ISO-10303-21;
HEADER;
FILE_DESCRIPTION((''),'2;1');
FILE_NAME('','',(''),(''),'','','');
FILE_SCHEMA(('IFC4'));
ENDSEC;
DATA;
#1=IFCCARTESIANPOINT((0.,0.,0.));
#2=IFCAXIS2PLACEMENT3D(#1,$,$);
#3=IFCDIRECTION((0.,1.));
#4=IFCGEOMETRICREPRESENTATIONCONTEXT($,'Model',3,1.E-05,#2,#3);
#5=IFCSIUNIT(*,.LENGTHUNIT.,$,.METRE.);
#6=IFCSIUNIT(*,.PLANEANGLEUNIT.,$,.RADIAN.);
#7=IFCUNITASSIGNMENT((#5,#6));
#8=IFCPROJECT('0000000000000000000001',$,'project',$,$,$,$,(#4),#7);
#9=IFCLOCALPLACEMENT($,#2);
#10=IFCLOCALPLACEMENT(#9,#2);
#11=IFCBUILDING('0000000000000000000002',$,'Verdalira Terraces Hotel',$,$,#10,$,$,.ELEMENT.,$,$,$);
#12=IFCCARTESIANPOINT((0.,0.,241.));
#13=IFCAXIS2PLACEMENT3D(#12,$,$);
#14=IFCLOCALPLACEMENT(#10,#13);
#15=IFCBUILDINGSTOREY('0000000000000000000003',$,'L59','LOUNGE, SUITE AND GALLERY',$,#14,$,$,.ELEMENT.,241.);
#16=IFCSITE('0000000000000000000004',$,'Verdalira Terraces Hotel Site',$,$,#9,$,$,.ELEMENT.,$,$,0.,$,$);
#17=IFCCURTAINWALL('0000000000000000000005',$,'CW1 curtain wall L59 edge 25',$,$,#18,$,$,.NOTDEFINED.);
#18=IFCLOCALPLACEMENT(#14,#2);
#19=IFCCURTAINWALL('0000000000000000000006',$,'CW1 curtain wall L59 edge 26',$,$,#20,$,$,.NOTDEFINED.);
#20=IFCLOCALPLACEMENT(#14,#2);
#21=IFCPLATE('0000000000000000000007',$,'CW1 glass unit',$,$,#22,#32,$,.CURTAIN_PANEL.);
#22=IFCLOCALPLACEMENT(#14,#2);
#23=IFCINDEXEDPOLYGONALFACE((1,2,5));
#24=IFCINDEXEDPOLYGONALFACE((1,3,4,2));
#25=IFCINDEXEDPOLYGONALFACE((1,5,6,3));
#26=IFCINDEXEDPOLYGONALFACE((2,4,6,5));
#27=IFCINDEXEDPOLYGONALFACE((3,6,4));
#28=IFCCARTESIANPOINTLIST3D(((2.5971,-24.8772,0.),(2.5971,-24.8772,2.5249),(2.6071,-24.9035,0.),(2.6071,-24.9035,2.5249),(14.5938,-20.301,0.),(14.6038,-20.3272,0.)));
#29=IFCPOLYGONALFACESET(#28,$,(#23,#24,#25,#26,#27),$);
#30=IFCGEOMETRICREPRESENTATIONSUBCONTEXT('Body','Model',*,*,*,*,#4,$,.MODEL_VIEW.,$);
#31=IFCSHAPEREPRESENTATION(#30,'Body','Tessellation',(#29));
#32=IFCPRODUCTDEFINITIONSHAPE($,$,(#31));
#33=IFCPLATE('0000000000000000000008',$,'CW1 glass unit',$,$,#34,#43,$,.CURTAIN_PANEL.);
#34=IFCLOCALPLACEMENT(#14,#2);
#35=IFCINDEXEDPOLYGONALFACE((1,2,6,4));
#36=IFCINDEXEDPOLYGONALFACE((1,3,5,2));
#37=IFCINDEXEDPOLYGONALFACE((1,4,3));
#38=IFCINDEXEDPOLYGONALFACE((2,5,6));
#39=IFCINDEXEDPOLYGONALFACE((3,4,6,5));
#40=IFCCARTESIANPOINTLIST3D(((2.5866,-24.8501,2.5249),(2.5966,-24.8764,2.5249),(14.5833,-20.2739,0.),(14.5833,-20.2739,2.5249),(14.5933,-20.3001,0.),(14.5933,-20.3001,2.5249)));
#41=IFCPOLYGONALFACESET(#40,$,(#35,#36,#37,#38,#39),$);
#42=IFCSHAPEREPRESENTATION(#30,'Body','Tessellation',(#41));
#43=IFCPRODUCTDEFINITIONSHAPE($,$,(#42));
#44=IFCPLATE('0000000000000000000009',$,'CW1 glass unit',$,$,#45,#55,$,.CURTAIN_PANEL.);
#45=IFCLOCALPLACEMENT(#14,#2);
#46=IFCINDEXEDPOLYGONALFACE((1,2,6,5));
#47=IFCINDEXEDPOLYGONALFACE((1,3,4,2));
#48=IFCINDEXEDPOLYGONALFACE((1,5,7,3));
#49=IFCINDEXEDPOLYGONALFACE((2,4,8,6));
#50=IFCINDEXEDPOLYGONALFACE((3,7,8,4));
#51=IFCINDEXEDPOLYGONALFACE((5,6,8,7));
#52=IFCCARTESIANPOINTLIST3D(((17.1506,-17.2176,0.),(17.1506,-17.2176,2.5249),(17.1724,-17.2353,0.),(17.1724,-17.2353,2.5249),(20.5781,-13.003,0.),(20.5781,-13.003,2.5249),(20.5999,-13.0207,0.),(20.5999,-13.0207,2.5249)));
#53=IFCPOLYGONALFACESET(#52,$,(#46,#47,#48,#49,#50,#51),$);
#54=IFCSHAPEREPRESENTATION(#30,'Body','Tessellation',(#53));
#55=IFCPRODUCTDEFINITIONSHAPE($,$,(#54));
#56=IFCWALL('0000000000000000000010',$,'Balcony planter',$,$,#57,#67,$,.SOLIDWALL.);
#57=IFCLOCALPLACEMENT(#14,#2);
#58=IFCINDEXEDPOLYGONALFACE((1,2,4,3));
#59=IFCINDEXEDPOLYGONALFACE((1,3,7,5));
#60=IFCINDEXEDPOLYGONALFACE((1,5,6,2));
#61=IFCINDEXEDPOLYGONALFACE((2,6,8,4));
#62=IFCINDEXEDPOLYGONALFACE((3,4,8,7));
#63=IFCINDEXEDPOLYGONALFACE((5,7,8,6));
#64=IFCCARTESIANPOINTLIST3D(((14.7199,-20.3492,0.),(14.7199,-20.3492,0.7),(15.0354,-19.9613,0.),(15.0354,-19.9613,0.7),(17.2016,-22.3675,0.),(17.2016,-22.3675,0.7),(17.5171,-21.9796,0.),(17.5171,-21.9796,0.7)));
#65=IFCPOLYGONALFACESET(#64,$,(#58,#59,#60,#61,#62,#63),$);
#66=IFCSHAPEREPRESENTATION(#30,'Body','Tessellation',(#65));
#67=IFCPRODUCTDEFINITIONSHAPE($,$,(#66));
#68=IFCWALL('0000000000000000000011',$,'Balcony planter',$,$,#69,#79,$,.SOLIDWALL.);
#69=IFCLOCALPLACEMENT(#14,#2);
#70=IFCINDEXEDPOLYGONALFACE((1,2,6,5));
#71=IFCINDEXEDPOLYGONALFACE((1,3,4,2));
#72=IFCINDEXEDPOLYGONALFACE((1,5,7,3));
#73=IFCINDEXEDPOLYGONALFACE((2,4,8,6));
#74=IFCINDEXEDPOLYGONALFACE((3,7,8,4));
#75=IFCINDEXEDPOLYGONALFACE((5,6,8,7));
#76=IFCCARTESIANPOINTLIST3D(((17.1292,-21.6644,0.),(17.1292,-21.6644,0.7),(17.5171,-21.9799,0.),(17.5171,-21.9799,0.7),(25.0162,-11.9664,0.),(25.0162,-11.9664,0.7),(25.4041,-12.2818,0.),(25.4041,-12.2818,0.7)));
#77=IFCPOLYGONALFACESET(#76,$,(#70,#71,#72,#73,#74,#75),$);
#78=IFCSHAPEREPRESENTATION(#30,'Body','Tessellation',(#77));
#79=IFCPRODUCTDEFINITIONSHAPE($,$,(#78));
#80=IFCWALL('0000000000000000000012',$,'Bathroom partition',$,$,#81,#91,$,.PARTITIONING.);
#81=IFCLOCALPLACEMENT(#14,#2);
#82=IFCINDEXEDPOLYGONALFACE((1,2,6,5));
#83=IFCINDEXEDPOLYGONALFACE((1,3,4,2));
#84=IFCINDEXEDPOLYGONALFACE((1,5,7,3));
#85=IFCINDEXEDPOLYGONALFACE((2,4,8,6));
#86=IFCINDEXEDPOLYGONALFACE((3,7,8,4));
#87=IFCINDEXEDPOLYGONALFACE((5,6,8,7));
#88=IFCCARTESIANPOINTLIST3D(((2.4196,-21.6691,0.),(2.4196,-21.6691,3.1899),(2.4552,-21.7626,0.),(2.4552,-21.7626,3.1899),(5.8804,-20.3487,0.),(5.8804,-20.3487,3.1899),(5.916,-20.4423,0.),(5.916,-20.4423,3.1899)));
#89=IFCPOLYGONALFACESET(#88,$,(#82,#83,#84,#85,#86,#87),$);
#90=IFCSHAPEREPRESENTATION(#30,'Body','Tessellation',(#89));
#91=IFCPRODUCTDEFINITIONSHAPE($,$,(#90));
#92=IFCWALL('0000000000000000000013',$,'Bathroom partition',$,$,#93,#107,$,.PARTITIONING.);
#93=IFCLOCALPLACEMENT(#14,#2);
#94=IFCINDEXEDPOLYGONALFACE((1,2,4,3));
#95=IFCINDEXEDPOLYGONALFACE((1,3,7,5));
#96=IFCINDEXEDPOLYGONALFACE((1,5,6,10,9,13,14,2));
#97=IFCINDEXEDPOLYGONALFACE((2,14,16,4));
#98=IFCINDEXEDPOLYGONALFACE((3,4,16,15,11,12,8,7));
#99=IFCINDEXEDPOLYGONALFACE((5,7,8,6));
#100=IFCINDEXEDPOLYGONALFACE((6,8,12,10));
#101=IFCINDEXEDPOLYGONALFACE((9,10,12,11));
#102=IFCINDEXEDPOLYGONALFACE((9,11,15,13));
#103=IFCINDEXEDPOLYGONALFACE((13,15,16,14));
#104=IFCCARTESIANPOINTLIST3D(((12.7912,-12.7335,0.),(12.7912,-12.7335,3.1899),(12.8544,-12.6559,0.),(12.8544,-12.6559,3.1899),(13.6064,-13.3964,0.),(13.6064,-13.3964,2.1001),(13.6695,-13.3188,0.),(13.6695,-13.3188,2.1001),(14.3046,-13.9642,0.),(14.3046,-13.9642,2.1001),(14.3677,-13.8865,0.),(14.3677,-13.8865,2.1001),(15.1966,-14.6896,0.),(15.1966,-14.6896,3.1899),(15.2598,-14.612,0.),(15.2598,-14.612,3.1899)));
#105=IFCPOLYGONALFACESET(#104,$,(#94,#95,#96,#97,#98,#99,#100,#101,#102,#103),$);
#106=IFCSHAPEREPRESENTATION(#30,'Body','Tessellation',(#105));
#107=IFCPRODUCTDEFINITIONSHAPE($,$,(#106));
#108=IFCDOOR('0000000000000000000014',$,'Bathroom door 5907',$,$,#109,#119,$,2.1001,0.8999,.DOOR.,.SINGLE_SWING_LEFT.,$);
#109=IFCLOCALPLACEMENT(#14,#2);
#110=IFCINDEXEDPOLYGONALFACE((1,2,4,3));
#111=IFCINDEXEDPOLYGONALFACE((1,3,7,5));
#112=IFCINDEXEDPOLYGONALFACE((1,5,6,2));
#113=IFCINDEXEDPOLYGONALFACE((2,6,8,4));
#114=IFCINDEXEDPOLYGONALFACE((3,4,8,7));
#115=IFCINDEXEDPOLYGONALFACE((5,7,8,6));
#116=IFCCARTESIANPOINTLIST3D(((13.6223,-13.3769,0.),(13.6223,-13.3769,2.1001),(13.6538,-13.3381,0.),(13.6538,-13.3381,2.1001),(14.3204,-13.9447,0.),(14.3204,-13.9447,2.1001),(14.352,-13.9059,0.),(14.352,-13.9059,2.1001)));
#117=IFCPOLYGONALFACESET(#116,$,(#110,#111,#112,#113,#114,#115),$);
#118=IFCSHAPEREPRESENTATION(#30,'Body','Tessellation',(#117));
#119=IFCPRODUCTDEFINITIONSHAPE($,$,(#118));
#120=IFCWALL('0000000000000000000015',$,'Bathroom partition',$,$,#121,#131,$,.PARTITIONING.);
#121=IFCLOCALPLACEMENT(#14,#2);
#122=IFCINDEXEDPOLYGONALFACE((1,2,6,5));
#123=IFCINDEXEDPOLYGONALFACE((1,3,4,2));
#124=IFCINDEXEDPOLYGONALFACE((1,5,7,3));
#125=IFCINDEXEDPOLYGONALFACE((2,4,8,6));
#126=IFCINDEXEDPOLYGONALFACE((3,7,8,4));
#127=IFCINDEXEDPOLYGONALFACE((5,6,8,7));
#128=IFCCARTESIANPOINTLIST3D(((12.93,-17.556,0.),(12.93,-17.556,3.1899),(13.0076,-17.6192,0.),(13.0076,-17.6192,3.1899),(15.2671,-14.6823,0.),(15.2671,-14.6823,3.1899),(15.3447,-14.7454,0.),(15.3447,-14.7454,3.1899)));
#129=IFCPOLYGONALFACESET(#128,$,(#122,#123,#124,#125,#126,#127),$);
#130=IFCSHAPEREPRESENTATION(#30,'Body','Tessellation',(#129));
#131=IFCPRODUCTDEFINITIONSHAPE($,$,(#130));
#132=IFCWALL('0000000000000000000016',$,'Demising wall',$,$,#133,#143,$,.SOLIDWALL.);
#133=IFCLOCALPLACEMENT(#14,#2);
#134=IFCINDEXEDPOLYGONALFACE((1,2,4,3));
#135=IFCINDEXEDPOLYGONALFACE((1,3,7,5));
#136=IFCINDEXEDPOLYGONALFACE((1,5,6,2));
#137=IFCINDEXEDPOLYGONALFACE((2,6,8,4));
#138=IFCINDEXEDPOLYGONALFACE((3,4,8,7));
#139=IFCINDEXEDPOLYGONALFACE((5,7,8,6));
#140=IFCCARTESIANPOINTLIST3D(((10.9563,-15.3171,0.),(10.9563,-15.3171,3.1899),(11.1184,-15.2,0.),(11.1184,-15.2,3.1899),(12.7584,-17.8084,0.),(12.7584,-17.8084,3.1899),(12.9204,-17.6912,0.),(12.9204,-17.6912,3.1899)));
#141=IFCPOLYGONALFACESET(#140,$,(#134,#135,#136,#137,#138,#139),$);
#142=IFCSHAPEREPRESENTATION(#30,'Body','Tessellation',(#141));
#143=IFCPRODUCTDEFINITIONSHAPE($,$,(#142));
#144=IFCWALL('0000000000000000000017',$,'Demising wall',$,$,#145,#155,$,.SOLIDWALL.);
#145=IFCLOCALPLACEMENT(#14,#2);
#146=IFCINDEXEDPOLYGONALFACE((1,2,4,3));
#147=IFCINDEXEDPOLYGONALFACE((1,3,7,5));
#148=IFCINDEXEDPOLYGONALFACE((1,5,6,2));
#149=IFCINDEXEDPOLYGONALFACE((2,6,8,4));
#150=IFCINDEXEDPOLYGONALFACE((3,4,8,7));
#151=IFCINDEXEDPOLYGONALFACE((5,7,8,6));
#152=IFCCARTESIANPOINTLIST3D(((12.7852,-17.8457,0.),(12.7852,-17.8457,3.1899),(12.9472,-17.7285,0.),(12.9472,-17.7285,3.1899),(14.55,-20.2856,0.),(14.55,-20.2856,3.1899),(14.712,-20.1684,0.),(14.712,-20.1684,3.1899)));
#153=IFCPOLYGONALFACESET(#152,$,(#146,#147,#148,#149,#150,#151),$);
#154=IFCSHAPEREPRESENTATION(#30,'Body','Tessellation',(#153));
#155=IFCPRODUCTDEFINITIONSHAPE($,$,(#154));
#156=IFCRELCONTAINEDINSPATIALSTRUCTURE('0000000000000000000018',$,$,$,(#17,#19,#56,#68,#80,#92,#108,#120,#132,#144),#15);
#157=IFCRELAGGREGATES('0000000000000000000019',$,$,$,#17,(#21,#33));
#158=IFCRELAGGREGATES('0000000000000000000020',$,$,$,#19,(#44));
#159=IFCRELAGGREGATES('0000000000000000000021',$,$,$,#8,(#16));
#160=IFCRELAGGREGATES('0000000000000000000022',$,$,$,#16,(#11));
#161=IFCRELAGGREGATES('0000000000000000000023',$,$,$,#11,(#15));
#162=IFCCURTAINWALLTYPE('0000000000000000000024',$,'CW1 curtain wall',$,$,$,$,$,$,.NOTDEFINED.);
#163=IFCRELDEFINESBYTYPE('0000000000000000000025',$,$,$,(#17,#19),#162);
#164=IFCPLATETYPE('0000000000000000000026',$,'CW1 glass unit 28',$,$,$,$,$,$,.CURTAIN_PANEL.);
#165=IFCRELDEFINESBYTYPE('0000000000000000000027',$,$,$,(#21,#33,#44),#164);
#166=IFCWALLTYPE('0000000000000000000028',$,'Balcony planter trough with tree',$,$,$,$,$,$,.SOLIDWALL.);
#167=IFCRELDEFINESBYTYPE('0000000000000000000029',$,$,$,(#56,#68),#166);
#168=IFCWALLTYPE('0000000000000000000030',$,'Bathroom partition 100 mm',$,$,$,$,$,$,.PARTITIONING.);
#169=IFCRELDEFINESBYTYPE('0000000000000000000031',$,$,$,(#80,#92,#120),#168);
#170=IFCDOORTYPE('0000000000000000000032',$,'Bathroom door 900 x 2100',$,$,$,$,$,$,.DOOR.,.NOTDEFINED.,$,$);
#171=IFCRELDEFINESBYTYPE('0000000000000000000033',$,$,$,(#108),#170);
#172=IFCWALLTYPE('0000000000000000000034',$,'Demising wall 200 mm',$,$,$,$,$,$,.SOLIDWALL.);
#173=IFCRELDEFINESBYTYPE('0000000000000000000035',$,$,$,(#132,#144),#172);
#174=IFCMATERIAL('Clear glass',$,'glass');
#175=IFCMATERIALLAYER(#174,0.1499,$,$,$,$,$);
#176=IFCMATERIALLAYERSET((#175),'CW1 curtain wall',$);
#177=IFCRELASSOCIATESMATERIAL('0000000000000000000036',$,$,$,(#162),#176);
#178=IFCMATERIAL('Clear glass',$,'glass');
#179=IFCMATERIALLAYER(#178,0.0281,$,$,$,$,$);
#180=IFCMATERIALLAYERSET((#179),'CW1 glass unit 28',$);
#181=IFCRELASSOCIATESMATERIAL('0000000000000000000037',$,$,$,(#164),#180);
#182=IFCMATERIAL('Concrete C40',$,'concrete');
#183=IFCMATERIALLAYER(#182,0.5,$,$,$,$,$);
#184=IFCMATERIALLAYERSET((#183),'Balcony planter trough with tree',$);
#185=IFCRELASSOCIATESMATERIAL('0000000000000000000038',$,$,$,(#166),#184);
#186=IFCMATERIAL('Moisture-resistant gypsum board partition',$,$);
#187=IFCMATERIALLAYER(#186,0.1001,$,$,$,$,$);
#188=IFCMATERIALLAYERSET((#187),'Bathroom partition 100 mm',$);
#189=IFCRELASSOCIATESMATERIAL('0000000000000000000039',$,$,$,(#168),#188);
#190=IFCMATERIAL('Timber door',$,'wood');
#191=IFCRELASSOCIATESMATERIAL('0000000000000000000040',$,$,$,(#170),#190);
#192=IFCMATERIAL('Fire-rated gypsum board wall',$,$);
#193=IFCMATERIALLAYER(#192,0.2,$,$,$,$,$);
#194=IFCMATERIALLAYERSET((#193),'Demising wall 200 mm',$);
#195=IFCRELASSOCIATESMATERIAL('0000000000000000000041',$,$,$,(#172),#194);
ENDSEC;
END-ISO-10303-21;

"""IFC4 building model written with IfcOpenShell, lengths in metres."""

from ifc_helpers import new_model, si_unit, direction, frame, frame_2d, origin, origin_2d, place, context, subcontext, project, spatial, polyline, rectangle, outline, extrude, material, layer, layer_set, type_object, element, fill, aggregate, save


model = new_model("IFC4")

# Units and contexts
model_context = context("Model", 3, precision=1e-05, world=origin(), true_north=direction((0.0, 1.0)))
body_context = subcontext(model_context, "Body", "Model", "MODEL_VIEW")
ifc_project = project(units=[si_unit("LENGTHUNIT", "METRE"), si_unit("PLANEANGLEUNIT", "RADIAN")], contexts=[model_context])

# Site, building, storey
site_placement = place(None, origin())
site = spatial("IfcSite", under=ifc_project, at=site_placement, Name="Verdalira Terraces Hotel Site", CompositionType="ELEMENT", RefElevation=0.0)
building_placement = place(site_placement, origin())
building = spatial("IfcBuilding", under=site, at=building_placement, Name="Verdalira Terraces Hotel", CompositionType="ELEMENT")
storey_placement = place(building_placement, frame((0.0, 0.0, 241.0)))
storey = spatial("IfcBuildingStorey", under=building, at=storey_placement, Name="L59", Description="LOUNGE, SUITE AND GALLERY", CompositionType="ELEMENT", Elevation=241.0)

# Curtain wall
ifc_material_1 = material(Name="Clear glass", Category="glass")
ifc_layer_1 = layer(ifc_material_1, 0.1499)
ifc_layer_set_1 = layer_set([ifc_layer_1], Name="CW1 curtain wall")
curtain_wall_type = type_object("IfcCurtainWallType", Name="CW1 curtain wall", PredefinedType="NOTDEFINED", material=ifc_layer_set_1)
curtain_wall_1_placement = place(storey_placement, origin())
curtain_wall_1 = element("IfcCurtainWall", 1, at=curtain_wall_1_placement, inside=storey, type_object=curtain_wall_type, Name="CW1 curtain wall L59 edge 25", PredefinedType="NOTDEFINED")

# Curtain wall
curtain_wall_2_placement = place(storey_placement, origin())
curtain_wall_2 = element("IfcCurtainWall", 2, at=curtain_wall_2_placement, inside=storey, type_object=curtain_wall_type, Name="CW1 curtain wall L59 edge 26", PredefinedType="NOTDEFINED")

# Plates
ifc_material_2 = material(Name="Clear glass", Category="glass")
ifc_layer_2 = layer(ifc_material_2, 0.0281)
ifc_layer_set_2 = layer_set([ifc_layer_2], Name="CW1 glass unit 28")
plate_type = type_object("IfcPlateType", Name="CW1 glass unit 28", PredefinedType="CURTAIN_PANEL", material=ifc_layer_set_2)
plate_1_placement = place(storey_placement, frame((8.5955, -22.5891, 1.2625), z_axis=(0.356412, -0.934329, 0.0), x_axis=(0.934329, 0.356412, 0.0)))
plate_1 = element("IfcPlate", 3, at=plate_1_placement, type_object=plate_type, Name="CW1 glass unit", PredefinedType="CURTAIN_PANEL", context=body_context, shape_type="SweptSolid", body=[
    extrude(outline(polyline([(-6.4199, -1.2625), (6.4199, -1.2625), (-6.4199, 1.2625), (-6.4199, -1.2625)])), origin(), (0.0, 0.0, 1.0), 0.0281),
])
plate_2_placement = place(storey_placement, frame((8.585, -22.562, 1.2625), z_axis=(0.356412, -0.934329, 0.0), x_axis=(0.934329, 0.356412, 0.0)))
plate_2 = element("IfcPlate", 4, at=plate_2_placement, type_object=plate_type, Name="CW1 glass unit", PredefinedType="CURTAIN_PANEL", context=body_context, shape_type="SweptSolid", body=[
    extrude(outline(polyline([(6.4199, -1.2625), (6.4199, 1.2625), (-6.4199, 1.2625), (6.4199, -1.2625)])), origin(), (0.0, 0.0, 1.0), 0.0281),
])
aggregate(curtain_wall_1, [plate_1, plate_2])
plate_3_placement = place(storey_placement, frame((18.8752, -15.1191, 0.0), z_axis=(0.0, 0.0, 1.0), x_axis=(0.630947, 0.775826, 0.0)))
plate_3 = element("IfcPlate", 5, at=plate_3_placement, type_object=plate_type, Name="CW1 glass unit", PredefinedType="CURTAIN_PANEL", context=body_context, shape_type="SweptSolid", body=[
    extrude(rectangle(XDim=5.4324, YDim=0.0281, at=origin_2d()), origin(), (0.0, 0.0, 1.0), 2.5249),
])
aggregate(curtain_wall_2, [plate_3])

# Walls
ifc_material_3 = material(Name="Concrete C40", Category="concrete")
ifc_layer_3 = layer(ifc_material_3, 0.5)
ifc_layer_set_3 = layer_set([ifc_layer_3], Name="Balcony planter trough with tree")
wall_type_1 = type_object("IfcWallType", Name="Balcony planter trough with tree", PredefinedType="SOLIDWALL", material=ifc_layer_set_3)
wall_1_placement = place(storey_placement, frame((14.8777, -20.1553, 0.0), z_axis=(0.0, 0.0, 1.0), x_axis=(0.775817, -0.630957, 0.0)))
element("IfcWall", 6, at=wall_1_placement, inside=storey, type_object=wall_type_1, Name="Balcony planter", PredefinedType="SOLIDWALL", context=body_context, shape_type="SweptSolid", body=[
    extrude(rectangle(XDim=3.1987, YDim=0.5, at=frame_2d((1.5994, 0.0))), origin(), (0.0, 0.0, 1.0), 0.7),
])
wall_2_placement = place(storey_placement, frame((17.3232, -21.822, 0.0), z_axis=(0.0, 0.0, 1.0), x_axis=(0.630946, 0.775827, 0.0)))
element("IfcWall", 7, at=wall_2_placement, inside=storey, type_object=wall_type_1, Name="Balcony planter", PredefinedType="SOLIDWALL", context=body_context, shape_type="SweptSolid", body=[
    extrude(rectangle(XDim=12.5002, YDim=0.5, at=frame_2d((6.25, 0.0))), origin(), (0.0, 0.0, 1.0), 0.7),
])
ifc_material_4 = material(Name="Moisture-resistant gypsum board partition")
ifc_layer_4 = layer(ifc_material_4, 0.1001)
ifc_layer_set_4 = layer_set([ifc_layer_4], Name="Bathroom partition 100 mm")
wall_type_2 = type_object("IfcWallType", Name="Bathroom partition 100 mm", PredefinedType="PARTITIONING", material=ifc_layer_set_4)
wall_3_placement = place(storey_placement, frame((5.8982, -20.3955, 0.0), z_axis=(0.0, 0.0, 1.0), x_axis=(-0.934312, -0.356456, 0.0)))
element("IfcWall", 8, at=wall_3_placement, inside=storey, type_object=wall_type_2, Name="Bathroom partition", PredefinedType="PARTITIONING", context=body_context, shape_type="SweptSolid", body=[
    extrude(rectangle(XDim=3.7041, YDim=0.1001, at=frame_2d((1.8521, 0.0))), origin(), (0.0, 0.0, 1.0), 3.1899),
])

# Wall, opening, door
wall_4_placement = place(storey_placement, frame((15.2283, -14.6509, 0.0), z_axis=(0.0, 0.0, 1.0), x_axis=(-0.775835, 0.630936, 0.0)))
wall_4 = element("IfcWall", 9, at=wall_4_placement, inside=storey, type_object=wall_type_2, Name="Bathroom partition", PredefinedType="PARTITIONING", context=body_context, shape_type="SweptSolid", body=[
    extrude(rectangle(XDim=3.1003, YDim=0.1001, at=frame_2d((1.5503, 0.0))), origin(), (0.0, 0.0, 1.0), 3.1899),
])
opening_1_placement = place(wall_4_placement, frame((1.1499, 0.0, 0.0)))
opening_1 = element("IfcOpeningElement", 10, at=opening_1_placement, cuts=wall_4, PredefinedType="OPENING", context=body_context, shape_type="SweptSolid", body=[
    extrude(rectangle(XDim=0.8999, YDim=2.1001, at=frame_2d((0.45, 1.05))), frame((0.0, 0.0601, 0.0), z_axis=(0.0, -1.0, 0.0), x_axis=(1.0, 0.0, 0.0)), (0.0, 0.0, 1.0), 0.1201),
])
ifc_material_5 = material(Name="Timber door", Category="wood")
door_type_1 = type_object("IfcDoorType", Name="Bathroom door 900 x 2100", OperationType="NOTDEFINED", PredefinedType="DOOR", material=ifc_material_5)
door_1_placement = place(opening_1_placement, origin())
door_1 = element("IfcDoor", 11, at=door_1_placement, inside=storey, type_object=door_type_1, Name="Bathroom door 5907", OperationType="SINGLE_SWING_LEFT", OverallHeight=2.1001, OverallWidth=0.8999, PredefinedType="DOOR", context=body_context, shape_type="SweptSolid", body=[
    extrude(rectangle(XDim=0.8999, YDim=2.1001, at=frame_2d((0.45, 1.05))), frame((0.0, 0.0249, 0.0), z_axis=(0.0, -1.0, 0.0), x_axis=(1.0, 0.0, 0.0)), (0.0, 0.0, 1.0), 0.05),
])
fill(opening_1, door_1)

# Walls
wall_5_placement = place(storey_placement, frame((15.3059, -14.7139, 0.0), z_axis=(0.0, 0.0, 1.0), x_axis=(-0.630952, -0.775822, 0.0)))
element("IfcWall", 12, at=wall_5_placement, inside=storey, type_object=wall_type_2, Name="Bathroom partition", PredefinedType="PARTITIONING", context=body_context, shape_type="SweptSolid", body=[
    extrude(rectangle(XDim=3.7041, YDim=0.1001, at=frame_2d((1.8521, 0.0))), origin(), (0.0, 0.0, 1.0), 3.1899),
])
ifc_material_6 = material(Name="Fire-rated gypsum board wall")
ifc_layer_5 = layer(ifc_material_6, 0.2)
ifc_layer_set_5 = layer_set([ifc_layer_5], Name="Demising wall 200 mm")
wall_type_3 = type_object("IfcWallType", Name="Demising wall 200 mm", PredefinedType="SOLIDWALL", material=ifc_layer_set_5)
wall_6_placement = place(storey_placement, frame((11.0374, -15.2585, 0.0), z_axis=(0.0, 0.0, 1.0), x_axis=(0.586088, -0.810248, 0.0)))
element("IfcWall", 13, at=wall_6_placement, inside=storey, type_object=wall_type_3, Name="Demising wall", PredefinedType="SOLIDWALL", context=body_context, shape_type="SweptSolid", body=[
    extrude(rectangle(XDim=3.0747, YDim=0.2, at=frame_2d((1.5374, 0.0))), origin(), (0.0, 0.0, 1.0), 3.1899),
])
wall_7_placement = place(storey_placement, frame((12.8662, -17.7871, 0.0), z_axis=(0.0, 0.0, 1.0), x_axis=(0.586082, -0.810251, 0.0)))
element("IfcWall", 14, at=wall_7_placement, inside=storey, type_object=wall_type_3, Name="Demising wall", PredefinedType="SOLIDWALL", context=body_context, shape_type="SweptSolid", body=[
    extrude(rectangle(XDim=3.0112, YDim=0.2, at=frame_2d((1.5056, 0.0))), origin(), (0.0, 0.0, 1.0), 3.1899),
])

save(model, "model.ifc")
